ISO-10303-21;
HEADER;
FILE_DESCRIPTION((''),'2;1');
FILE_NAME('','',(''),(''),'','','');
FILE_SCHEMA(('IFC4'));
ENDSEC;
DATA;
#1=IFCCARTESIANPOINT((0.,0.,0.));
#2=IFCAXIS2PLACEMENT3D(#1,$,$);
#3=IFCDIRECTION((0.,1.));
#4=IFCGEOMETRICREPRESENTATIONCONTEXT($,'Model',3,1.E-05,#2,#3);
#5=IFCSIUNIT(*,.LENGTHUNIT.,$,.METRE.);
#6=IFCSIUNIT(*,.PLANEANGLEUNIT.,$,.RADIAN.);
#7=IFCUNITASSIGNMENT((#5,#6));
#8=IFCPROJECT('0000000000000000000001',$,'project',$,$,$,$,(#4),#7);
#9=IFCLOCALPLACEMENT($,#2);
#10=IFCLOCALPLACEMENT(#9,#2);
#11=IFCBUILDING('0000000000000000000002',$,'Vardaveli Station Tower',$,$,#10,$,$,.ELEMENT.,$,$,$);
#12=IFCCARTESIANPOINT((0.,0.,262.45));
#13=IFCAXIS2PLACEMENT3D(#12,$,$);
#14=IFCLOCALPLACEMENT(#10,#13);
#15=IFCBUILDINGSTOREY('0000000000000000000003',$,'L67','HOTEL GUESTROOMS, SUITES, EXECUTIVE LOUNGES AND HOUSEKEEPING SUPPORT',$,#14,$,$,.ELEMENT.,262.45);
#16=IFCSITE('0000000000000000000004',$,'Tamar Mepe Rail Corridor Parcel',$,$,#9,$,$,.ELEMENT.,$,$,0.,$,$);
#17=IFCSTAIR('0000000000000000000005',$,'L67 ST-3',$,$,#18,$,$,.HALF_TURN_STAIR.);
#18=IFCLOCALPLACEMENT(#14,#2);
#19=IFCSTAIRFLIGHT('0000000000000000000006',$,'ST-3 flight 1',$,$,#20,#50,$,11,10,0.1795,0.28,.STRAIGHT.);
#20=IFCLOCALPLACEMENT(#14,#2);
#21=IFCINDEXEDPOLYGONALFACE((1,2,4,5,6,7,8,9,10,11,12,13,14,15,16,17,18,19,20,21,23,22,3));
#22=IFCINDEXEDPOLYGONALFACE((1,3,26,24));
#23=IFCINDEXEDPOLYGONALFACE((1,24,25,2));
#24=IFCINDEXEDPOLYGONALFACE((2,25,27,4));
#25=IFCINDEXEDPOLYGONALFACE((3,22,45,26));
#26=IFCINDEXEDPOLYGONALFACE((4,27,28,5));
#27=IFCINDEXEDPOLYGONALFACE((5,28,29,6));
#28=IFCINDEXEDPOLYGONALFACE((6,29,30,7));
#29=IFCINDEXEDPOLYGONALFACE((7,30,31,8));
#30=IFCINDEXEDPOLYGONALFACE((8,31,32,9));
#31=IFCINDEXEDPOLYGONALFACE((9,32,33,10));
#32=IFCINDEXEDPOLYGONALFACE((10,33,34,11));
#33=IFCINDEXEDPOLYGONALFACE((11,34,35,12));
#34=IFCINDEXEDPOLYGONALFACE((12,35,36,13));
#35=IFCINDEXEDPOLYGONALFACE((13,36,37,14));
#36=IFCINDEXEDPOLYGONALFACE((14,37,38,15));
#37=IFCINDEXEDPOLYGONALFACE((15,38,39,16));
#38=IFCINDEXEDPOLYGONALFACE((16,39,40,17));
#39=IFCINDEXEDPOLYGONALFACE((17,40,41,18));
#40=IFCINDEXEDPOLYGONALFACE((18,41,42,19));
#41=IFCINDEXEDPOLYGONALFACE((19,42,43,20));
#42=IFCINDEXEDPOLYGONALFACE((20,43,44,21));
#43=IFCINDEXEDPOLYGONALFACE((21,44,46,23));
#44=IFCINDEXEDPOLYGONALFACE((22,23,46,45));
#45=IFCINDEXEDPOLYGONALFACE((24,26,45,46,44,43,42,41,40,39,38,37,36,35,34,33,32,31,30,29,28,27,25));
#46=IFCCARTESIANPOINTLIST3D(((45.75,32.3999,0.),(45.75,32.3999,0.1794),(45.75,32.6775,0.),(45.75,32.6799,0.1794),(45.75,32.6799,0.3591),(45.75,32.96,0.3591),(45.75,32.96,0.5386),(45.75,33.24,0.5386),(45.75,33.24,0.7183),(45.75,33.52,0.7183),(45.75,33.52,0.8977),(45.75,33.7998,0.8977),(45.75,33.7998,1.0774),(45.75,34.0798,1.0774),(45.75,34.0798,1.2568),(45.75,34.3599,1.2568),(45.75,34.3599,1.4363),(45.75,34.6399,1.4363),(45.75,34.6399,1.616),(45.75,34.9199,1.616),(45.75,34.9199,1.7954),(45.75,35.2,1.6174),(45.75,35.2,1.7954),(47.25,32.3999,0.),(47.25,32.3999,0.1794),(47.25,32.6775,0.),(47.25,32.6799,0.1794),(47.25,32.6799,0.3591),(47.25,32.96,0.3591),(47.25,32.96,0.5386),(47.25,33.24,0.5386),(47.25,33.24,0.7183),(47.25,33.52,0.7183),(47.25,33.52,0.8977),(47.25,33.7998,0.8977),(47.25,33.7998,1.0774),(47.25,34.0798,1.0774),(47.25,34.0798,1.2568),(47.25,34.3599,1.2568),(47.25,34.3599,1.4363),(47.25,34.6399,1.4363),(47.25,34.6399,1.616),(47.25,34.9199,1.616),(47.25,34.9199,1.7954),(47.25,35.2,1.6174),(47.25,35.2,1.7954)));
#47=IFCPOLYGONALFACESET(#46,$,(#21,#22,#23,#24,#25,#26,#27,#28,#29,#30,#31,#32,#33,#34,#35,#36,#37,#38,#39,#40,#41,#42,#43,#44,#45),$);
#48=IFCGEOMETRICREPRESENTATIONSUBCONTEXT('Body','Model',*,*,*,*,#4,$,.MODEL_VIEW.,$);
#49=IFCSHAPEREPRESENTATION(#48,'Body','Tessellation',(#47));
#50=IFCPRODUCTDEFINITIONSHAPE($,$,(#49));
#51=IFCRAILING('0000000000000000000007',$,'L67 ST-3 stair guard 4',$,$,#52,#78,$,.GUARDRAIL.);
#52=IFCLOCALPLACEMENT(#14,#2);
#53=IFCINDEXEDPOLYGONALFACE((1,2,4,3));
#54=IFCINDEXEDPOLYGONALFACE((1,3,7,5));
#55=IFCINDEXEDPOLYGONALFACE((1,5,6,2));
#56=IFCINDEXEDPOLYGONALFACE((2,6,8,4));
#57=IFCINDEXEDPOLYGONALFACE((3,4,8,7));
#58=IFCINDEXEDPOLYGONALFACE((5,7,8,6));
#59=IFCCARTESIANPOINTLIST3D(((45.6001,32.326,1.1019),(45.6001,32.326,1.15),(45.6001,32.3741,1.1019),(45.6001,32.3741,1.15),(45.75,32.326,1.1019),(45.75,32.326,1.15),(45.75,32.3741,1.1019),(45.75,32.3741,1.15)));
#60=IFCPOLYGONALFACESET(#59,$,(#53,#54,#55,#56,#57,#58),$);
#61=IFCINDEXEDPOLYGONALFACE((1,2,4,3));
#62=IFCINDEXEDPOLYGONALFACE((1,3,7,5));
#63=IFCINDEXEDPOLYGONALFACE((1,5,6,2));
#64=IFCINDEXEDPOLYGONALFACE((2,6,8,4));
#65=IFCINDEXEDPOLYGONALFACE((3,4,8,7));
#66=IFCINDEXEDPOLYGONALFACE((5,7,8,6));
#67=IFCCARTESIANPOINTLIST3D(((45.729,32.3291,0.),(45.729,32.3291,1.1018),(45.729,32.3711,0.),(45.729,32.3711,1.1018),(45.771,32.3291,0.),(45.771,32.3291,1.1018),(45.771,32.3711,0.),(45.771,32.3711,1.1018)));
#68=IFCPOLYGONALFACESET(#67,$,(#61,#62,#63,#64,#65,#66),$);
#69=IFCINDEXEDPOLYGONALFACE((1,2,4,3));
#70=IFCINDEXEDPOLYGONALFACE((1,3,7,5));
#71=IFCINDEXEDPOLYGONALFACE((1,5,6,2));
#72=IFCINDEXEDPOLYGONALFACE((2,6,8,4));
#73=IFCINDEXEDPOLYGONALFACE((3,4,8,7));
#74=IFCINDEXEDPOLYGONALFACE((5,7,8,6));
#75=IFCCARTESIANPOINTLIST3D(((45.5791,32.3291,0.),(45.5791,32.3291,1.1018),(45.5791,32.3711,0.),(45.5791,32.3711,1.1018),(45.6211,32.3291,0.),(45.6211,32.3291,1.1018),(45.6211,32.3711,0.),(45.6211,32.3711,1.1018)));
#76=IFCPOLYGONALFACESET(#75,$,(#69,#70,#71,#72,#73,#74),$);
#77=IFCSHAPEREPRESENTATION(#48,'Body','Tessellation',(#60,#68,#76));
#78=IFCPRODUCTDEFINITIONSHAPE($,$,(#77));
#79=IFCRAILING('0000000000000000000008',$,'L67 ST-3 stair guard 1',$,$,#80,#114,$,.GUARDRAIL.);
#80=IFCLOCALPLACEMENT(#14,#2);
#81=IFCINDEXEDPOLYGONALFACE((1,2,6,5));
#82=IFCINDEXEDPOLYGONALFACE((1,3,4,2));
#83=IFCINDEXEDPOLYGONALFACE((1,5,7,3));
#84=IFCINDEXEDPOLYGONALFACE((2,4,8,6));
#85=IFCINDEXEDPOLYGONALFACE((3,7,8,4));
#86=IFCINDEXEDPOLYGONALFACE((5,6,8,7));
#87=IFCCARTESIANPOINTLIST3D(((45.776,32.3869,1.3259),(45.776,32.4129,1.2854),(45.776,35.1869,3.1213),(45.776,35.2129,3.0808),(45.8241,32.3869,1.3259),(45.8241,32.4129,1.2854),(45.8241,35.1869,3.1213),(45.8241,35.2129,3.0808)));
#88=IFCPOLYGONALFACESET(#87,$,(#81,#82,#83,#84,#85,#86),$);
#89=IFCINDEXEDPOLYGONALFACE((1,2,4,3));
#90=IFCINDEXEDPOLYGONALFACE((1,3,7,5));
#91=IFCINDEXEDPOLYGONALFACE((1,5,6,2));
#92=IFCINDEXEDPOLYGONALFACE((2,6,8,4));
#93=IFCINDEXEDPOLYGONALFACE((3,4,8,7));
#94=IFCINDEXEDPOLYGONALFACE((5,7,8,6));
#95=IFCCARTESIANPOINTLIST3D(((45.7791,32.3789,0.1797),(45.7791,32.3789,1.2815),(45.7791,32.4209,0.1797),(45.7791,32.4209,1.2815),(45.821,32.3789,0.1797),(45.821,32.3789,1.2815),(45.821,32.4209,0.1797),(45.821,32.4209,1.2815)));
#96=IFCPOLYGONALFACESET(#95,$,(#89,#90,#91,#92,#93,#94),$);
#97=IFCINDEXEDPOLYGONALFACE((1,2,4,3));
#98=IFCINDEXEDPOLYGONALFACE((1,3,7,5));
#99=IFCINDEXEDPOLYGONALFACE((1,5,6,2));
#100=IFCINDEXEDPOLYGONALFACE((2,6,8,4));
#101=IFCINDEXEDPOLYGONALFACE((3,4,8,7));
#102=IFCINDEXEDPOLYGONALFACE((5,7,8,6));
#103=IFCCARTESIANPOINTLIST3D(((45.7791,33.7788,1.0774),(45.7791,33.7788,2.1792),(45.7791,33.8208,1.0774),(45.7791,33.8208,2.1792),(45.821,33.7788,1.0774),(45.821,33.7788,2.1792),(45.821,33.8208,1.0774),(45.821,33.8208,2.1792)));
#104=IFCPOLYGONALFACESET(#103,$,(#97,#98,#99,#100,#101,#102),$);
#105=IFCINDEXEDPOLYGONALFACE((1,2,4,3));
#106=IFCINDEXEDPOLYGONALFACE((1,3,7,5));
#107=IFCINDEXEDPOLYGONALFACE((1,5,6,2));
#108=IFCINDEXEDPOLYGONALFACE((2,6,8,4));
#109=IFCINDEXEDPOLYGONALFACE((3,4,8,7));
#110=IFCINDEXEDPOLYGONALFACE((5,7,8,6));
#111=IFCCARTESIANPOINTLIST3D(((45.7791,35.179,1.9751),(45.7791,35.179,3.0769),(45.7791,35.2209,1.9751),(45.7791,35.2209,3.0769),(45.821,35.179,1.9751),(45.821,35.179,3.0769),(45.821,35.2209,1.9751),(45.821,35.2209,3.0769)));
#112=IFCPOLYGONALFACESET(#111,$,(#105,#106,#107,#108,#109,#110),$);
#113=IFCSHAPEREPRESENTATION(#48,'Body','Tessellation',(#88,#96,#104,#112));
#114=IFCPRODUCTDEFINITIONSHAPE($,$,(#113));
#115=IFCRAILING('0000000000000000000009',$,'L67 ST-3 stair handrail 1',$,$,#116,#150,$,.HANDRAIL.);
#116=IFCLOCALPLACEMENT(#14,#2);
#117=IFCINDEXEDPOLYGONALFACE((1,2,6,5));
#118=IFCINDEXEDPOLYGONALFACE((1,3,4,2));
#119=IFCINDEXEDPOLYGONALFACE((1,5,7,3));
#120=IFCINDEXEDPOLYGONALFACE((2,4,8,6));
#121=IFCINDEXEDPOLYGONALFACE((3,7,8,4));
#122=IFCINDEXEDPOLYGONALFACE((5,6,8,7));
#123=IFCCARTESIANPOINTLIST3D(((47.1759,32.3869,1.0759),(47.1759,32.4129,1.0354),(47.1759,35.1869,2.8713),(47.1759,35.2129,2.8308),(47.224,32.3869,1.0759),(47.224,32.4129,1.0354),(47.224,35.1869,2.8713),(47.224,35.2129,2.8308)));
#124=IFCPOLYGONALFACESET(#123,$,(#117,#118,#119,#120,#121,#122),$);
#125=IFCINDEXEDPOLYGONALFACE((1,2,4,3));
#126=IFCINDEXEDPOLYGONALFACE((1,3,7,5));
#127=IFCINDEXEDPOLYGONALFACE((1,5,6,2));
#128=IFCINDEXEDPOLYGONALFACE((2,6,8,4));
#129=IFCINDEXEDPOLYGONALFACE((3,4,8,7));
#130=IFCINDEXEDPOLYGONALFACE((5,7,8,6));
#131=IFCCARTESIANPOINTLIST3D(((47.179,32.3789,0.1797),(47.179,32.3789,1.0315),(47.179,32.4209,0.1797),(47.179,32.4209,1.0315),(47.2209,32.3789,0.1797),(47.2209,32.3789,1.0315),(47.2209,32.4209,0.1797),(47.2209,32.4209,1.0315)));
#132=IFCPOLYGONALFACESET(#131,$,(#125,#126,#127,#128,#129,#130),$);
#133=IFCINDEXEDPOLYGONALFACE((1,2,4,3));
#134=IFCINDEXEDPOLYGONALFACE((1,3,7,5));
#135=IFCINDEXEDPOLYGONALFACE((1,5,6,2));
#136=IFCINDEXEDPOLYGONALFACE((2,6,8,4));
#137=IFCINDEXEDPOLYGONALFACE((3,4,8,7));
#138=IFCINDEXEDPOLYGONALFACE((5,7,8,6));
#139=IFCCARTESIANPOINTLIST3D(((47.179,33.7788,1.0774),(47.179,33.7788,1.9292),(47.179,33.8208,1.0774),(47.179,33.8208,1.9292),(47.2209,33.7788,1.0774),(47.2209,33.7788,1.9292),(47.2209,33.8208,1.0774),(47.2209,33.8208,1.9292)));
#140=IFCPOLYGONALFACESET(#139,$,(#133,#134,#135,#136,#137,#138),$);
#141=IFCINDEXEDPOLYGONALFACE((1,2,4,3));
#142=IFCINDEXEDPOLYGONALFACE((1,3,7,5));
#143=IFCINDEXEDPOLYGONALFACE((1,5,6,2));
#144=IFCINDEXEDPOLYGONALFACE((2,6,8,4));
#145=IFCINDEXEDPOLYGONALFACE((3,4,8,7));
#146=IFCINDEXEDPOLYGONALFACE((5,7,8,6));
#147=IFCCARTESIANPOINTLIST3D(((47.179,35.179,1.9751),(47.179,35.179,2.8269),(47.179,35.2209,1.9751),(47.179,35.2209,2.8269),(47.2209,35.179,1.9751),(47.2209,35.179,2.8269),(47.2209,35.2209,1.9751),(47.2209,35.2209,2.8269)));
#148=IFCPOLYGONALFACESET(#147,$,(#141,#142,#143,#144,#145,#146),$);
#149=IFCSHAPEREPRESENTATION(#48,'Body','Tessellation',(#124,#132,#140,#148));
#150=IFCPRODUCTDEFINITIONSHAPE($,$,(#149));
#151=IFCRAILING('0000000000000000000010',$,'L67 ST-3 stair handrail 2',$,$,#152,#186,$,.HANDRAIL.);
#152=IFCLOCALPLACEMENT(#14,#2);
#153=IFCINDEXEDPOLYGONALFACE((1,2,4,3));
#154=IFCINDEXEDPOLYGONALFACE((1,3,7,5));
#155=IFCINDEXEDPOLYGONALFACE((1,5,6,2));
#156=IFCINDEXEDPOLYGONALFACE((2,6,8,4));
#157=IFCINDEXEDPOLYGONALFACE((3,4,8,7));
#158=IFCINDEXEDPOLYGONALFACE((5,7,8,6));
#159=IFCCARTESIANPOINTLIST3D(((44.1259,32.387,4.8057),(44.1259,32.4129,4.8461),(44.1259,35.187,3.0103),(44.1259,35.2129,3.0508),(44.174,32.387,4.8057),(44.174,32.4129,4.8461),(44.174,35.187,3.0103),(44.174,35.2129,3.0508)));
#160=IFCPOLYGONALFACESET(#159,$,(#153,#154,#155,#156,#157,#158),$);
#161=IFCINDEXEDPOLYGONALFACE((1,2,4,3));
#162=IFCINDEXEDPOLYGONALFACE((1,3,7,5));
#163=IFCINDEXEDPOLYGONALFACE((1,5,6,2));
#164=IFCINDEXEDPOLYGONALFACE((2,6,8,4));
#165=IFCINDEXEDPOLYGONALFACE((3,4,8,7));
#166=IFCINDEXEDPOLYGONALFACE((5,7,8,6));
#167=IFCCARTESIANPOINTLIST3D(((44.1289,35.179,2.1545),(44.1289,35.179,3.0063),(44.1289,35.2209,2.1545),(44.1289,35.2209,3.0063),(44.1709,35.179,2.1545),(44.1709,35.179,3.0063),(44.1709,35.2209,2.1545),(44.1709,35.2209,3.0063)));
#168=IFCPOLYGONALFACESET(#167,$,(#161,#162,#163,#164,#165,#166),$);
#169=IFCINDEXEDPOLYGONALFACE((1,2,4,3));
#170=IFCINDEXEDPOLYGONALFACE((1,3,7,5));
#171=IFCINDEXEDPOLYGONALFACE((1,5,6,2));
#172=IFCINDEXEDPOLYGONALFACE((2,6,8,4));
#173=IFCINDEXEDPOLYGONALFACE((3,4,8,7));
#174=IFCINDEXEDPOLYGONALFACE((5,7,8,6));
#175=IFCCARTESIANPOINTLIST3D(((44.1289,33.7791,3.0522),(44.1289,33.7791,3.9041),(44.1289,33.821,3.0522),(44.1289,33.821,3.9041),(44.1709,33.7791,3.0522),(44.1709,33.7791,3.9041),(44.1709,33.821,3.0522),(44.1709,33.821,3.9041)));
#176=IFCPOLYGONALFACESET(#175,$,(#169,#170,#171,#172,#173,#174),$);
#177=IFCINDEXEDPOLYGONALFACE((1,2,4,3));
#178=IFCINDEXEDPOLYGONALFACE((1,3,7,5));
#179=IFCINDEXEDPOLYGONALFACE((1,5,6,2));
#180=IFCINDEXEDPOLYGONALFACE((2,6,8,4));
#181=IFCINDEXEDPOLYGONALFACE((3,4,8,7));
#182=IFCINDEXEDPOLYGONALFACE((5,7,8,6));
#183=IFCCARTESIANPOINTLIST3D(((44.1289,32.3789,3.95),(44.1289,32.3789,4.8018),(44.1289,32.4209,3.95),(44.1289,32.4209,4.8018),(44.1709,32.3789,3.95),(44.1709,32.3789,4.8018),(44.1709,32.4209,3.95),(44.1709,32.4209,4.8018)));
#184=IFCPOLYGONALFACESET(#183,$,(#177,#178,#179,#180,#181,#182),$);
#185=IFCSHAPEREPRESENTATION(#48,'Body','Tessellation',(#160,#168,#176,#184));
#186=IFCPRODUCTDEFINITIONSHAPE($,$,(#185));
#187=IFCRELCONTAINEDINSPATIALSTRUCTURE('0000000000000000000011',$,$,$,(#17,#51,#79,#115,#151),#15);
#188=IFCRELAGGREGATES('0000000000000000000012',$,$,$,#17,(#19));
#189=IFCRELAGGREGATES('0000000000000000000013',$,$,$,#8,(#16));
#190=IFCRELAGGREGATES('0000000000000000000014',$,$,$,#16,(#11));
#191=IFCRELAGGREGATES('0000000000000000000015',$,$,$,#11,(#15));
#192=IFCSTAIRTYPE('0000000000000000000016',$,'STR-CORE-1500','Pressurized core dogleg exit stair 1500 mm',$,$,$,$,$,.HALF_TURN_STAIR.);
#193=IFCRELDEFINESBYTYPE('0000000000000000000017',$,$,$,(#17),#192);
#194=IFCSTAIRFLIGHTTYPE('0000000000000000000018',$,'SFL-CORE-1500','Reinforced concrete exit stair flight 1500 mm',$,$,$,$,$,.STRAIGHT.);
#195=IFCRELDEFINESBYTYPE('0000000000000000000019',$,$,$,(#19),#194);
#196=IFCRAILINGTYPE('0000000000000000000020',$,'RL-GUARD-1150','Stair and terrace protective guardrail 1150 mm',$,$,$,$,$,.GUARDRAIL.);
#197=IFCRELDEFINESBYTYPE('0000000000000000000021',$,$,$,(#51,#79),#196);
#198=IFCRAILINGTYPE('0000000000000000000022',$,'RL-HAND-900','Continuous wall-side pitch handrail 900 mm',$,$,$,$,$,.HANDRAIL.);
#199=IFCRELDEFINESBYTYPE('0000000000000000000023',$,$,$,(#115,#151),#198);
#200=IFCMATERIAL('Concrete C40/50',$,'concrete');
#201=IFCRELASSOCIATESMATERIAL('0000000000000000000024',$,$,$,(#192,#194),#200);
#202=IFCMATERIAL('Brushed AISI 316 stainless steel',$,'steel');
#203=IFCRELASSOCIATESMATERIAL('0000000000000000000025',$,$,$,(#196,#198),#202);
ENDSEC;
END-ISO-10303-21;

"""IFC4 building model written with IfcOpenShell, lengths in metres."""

from ifc_helpers import new_model, si_unit, direction, frame, origin, origin_2d, place, context, subcontext, project, spatial, polyline, rectangle, outline, extrude, source, transform, mapped, material, type_object, element, aggregate, save


model = new_model("IFC4")

# Units and contexts
model_context = context("Model", 3, precision=1e-05, world=origin(), true_north=direction((0.0, 1.0)))
body_context = subcontext(model_context, "Body", "Model", "MODEL_VIEW")
ifc_project = project(units=[si_unit("LENGTHUNIT", "METRE"), si_unit("PLANEANGLEUNIT", "RADIAN")], contexts=[model_context])

# Site, building, storey
site_placement = place(None, origin())
site = spatial("IfcSite", under=ifc_project, at=site_placement, Name="Tamar Mepe Rail Corridor Parcel", CompositionType="ELEMENT", RefElevation=0.0)
building_placement = place(site_placement, origin())
building = spatial("IfcBuilding", under=site, at=building_placement, Name="Vardaveli Station Tower", CompositionType="ELEMENT")
storey_placement = place(building_placement, frame((0.0, 0.0, 262.45)))
storey = spatial("IfcBuildingStorey", under=building, at=storey_placement, Name="L67", Description="HOTEL GUESTROOMS, SUITES, EXECUTIVE LOUNGES AND HOUSEKEEPING SUPPORT", CompositionType="ELEMENT", Elevation=262.45)

# Shared definitions
ifc_material_1 = material(Name="Concrete C40/50", Category="concrete")

# Stair, stair flight
stair_type = type_object("IfcStairType", Name="STR-CORE-1500", Description="Pressurized core dogleg exit stair 1500 mm", PredefinedType="HALF_TURN_STAIR", material=ifc_material_1)
stair_placement = place(storey_placement, origin())
stair = element("IfcStair", 1, at=stair_placement, inside=storey, type_object=stair_type, Name="L67 ST-3", PredefinedType="HALF_TURN_STAIR")
stair_flight_type = type_object("IfcStairFlightType", Name="SFL-CORE-1500", Description="Reinforced concrete exit stair flight 1500 mm", PredefinedType="STRAIGHT", material=ifc_material_1)
shared_shape_1 = source(origin(), body_context, "Body", "SweptSolid", [
    extrude(outline(polyline([(0.0, 0.0), (0.0, 0.1794), (0.28, 0.1794), (0.28, 0.3591), (0.5601, 0.3591), (0.5601, 0.5386), (0.8401, 0.5386), (0.8401, 0.7183), (1.1201, 0.7183), (1.1201, 0.8977), (1.3999, 0.8977), (1.3999, 1.0774), (1.6799, 1.0774), (1.6799, 1.2568), (1.96, 1.2568), (1.96, 1.4363), (2.24, 1.4363), (2.24, 1.616), (2.52, 1.616), (2.52, 1.7954), (2.8, 1.7954), (2.8, 1.9751), (2.8, 1.6174), (0.2776, 0.0), (0.0, 0.0)])), frame((0.0, 0.75, 0.0), z_axis=(0.0, -1.0, 0.0), x_axis=(1.0, 0.0, 0.0)), (0.0, 0.0, 1.0), 1.5),
])
stair_flight_placement = place(storey_placement, frame((46.5, 32.3999, 0.0), z_axis=(0.0, 0.0, 1.0), x_axis=(0.0, 1.0, 0.0)))
stair_flight = element("IfcStairFlight", 2, at=stair_flight_placement, type_object=stair_flight_type, Name="ST-3 flight 1", NumberOfRisers=11, NumberOfTreads=10, PredefinedType="STRAIGHT", RiserHeight=0.1795, TreadLength=0.28, context=body_context, shape_type="MappedRepresentation", body=[
    mapped(shared_shape_1, transform((0.0, 0.0, 0.0), scale=1.0)),
])
aggregate(stair, [stair_flight])

# Railings
ifc_material_2 = material(Name="Brushed AISI 316 stainless steel", Category="steel")
railing_type_1 = type_object("IfcRailingType", Name="RL-GUARD-1150", Description="Stair and terrace protective guardrail 1150 mm", PredefinedType="GUARDRAIL", material=ifc_material_2)
shared_shape_2 = source(origin(), body_context, "Body", "SweptSolid", [
    extrude(rectangle(XDim=0.0481, YDim=0.0481, at=origin_2d()), frame((0.0, 0.0, 1.126), z_axis=(-1.0, 0.0, 0.0), x_axis=(0.0, -1.0, 0.0)), (0.0, 0.0, 1.0), 0.1499),
    extrude(rectangle(XDim=0.042, YDim=0.042, at=origin_2d()), origin(), (0.0, 0.0, 1.0), 1.1018),
    extrude(rectangle(XDim=0.042, YDim=0.042, at=origin_2d()), frame((-0.1499, 0.0, 0.0)), (0.0, 0.0, 1.0), 1.1018),
])
railing_1_placement = place(storey_placement, frame((45.75, 32.3501, 0.0)))
element("IfcRailing", 3, at=railing_1_placement, inside=storey, type_object=railing_type_1, Name="L67 ST-3 stair guard 4", PredefinedType="GUARDRAIL", context=body_context, shape_type="MappedRepresentation", body=[
    mapped(shared_shape_2, transform((0.0, 0.0, 0.0), scale=1.0)),
])
shared_shape_3 = source(origin(), body_context, "Body", "SweptSolid", [
    extrude(rectangle(XDim=0.0481, YDim=0.0481, at=origin_2d()), frame((0.0, 0.0, 1.126), z_axis=(0.0, 0.84181, 0.539774), x_axis=(-1.0, 0.0, 0.0)), (0.0, 0.0, 1.0), 3.3262),
    extrude(rectangle(XDim=0.042, YDim=0.042, at=origin_2d()), origin(), (0.0, 0.0, 1.0), 1.1018),
    extrude(rectangle(XDim=0.042, YDim=0.042, at=origin_2d()), frame((0.0, 1.3999, 0.8977)), (0.0, 0.0, 1.0), 1.1018),
    extrude(rectangle(XDim=0.042, YDim=0.042, at=origin_2d()), frame((0.0, 2.8, 1.7954)), (0.0, 0.0, 1.0), 1.1018),
])
railing_2_placement = place(storey_placement, frame((45.8, 32.3999, 0.1797)))
element("IfcRailing", 4, at=railing_2_placement, inside=storey, type_object=railing_type_1, Name="L67 ST-3 stair guard 1", PredefinedType="GUARDRAIL", context=body_context, shape_type="MappedRepresentation", body=[
    mapped(shared_shape_3, transform((0.0, 0.0, 0.0), scale=1.0)),
])
railing_type_2 = type_object("IfcRailingType", Name="RL-HAND-900", Description="Continuous wall-side pitch handrail 900 mm", PredefinedType="HANDRAIL", material=ifc_material_2)
shared_shape_4 = source(origin(), body_context, "Body", "SweptSolid", [
    extrude(rectangle(XDim=0.0481, YDim=0.0481, at=origin_2d()), frame((0.0, 0.0, 0.876), z_axis=(0.0, 0.84181, 0.539774), x_axis=(-1.0, 0.0, 0.0)), (0.0, 0.0, 1.0), 3.3262),
    extrude(rectangle(XDim=0.042, YDim=0.042, at=origin_2d()), origin(), (0.0, 0.0, 1.0), 0.8518),
    extrude(rectangle(XDim=0.042, YDim=0.042, at=origin_2d()), frame((0.0, 1.3999, 0.8977)), (0.0, 0.0, 1.0), 0.8518),
    extrude(rectangle(XDim=0.042, YDim=0.042, at=origin_2d()), frame((0.0, 2.8, 1.7954)), (0.0, 0.0, 1.0), 0.8518),
])
railing_3_placement = place(storey_placement, frame((47.2, 32.3999, 0.1797)))
element("IfcRailing", 5, at=railing_3_placement, inside=storey, type_object=railing_type_2, Name="L67 ST-3 stair handrail 1", PredefinedType="HANDRAIL", context=body_context, shape_type="MappedRepresentation", body=[
    mapped(shared_shape_4, transform((0.0, 0.0, 0.0), scale=1.0)),
])
shared_shape_5 = source(origin(), body_context, "Body", "SweptSolid", [
    extrude(rectangle(XDim=0.0481, YDim=0.0481, at=origin_2d()), frame((0.0, 0.0, 0.876), z_axis=(0.0, -0.84181, 0.539774), x_axis=(1.0, 0.0, 0.0)), (0.0, 0.0, 1.0), 3.3262),
    extrude(rectangle(XDim=0.042, YDim=0.042, at=origin_2d()), origin(), (0.0, 0.0, 1.0), 0.8518),
    extrude(rectangle(XDim=0.042, YDim=0.042, at=origin_2d()), frame((0.0, -1.3999, 0.8977)), (0.0, 0.0, 1.0), 0.8518),
    extrude(rectangle(XDim=0.042, YDim=0.042, at=origin_2d()), frame((0.0, -2.8, 1.7954)), (0.0, 0.0, 1.0), 0.8518),
])
railing_4_placement = place(storey_placement, frame((44.1499, 35.2, 2.1545)))
element("IfcRailing", 6, at=railing_4_placement, inside=storey, type_object=railing_type_2, Name="L67 ST-3 stair handrail 2", PredefinedType="HANDRAIL", context=body_context, shape_type="MappedRepresentation", body=[
    mapped(shared_shape_5, transform((0.0, 0.0, 0.0), scale=1.0)),
])

save(model, "model.ifc")
